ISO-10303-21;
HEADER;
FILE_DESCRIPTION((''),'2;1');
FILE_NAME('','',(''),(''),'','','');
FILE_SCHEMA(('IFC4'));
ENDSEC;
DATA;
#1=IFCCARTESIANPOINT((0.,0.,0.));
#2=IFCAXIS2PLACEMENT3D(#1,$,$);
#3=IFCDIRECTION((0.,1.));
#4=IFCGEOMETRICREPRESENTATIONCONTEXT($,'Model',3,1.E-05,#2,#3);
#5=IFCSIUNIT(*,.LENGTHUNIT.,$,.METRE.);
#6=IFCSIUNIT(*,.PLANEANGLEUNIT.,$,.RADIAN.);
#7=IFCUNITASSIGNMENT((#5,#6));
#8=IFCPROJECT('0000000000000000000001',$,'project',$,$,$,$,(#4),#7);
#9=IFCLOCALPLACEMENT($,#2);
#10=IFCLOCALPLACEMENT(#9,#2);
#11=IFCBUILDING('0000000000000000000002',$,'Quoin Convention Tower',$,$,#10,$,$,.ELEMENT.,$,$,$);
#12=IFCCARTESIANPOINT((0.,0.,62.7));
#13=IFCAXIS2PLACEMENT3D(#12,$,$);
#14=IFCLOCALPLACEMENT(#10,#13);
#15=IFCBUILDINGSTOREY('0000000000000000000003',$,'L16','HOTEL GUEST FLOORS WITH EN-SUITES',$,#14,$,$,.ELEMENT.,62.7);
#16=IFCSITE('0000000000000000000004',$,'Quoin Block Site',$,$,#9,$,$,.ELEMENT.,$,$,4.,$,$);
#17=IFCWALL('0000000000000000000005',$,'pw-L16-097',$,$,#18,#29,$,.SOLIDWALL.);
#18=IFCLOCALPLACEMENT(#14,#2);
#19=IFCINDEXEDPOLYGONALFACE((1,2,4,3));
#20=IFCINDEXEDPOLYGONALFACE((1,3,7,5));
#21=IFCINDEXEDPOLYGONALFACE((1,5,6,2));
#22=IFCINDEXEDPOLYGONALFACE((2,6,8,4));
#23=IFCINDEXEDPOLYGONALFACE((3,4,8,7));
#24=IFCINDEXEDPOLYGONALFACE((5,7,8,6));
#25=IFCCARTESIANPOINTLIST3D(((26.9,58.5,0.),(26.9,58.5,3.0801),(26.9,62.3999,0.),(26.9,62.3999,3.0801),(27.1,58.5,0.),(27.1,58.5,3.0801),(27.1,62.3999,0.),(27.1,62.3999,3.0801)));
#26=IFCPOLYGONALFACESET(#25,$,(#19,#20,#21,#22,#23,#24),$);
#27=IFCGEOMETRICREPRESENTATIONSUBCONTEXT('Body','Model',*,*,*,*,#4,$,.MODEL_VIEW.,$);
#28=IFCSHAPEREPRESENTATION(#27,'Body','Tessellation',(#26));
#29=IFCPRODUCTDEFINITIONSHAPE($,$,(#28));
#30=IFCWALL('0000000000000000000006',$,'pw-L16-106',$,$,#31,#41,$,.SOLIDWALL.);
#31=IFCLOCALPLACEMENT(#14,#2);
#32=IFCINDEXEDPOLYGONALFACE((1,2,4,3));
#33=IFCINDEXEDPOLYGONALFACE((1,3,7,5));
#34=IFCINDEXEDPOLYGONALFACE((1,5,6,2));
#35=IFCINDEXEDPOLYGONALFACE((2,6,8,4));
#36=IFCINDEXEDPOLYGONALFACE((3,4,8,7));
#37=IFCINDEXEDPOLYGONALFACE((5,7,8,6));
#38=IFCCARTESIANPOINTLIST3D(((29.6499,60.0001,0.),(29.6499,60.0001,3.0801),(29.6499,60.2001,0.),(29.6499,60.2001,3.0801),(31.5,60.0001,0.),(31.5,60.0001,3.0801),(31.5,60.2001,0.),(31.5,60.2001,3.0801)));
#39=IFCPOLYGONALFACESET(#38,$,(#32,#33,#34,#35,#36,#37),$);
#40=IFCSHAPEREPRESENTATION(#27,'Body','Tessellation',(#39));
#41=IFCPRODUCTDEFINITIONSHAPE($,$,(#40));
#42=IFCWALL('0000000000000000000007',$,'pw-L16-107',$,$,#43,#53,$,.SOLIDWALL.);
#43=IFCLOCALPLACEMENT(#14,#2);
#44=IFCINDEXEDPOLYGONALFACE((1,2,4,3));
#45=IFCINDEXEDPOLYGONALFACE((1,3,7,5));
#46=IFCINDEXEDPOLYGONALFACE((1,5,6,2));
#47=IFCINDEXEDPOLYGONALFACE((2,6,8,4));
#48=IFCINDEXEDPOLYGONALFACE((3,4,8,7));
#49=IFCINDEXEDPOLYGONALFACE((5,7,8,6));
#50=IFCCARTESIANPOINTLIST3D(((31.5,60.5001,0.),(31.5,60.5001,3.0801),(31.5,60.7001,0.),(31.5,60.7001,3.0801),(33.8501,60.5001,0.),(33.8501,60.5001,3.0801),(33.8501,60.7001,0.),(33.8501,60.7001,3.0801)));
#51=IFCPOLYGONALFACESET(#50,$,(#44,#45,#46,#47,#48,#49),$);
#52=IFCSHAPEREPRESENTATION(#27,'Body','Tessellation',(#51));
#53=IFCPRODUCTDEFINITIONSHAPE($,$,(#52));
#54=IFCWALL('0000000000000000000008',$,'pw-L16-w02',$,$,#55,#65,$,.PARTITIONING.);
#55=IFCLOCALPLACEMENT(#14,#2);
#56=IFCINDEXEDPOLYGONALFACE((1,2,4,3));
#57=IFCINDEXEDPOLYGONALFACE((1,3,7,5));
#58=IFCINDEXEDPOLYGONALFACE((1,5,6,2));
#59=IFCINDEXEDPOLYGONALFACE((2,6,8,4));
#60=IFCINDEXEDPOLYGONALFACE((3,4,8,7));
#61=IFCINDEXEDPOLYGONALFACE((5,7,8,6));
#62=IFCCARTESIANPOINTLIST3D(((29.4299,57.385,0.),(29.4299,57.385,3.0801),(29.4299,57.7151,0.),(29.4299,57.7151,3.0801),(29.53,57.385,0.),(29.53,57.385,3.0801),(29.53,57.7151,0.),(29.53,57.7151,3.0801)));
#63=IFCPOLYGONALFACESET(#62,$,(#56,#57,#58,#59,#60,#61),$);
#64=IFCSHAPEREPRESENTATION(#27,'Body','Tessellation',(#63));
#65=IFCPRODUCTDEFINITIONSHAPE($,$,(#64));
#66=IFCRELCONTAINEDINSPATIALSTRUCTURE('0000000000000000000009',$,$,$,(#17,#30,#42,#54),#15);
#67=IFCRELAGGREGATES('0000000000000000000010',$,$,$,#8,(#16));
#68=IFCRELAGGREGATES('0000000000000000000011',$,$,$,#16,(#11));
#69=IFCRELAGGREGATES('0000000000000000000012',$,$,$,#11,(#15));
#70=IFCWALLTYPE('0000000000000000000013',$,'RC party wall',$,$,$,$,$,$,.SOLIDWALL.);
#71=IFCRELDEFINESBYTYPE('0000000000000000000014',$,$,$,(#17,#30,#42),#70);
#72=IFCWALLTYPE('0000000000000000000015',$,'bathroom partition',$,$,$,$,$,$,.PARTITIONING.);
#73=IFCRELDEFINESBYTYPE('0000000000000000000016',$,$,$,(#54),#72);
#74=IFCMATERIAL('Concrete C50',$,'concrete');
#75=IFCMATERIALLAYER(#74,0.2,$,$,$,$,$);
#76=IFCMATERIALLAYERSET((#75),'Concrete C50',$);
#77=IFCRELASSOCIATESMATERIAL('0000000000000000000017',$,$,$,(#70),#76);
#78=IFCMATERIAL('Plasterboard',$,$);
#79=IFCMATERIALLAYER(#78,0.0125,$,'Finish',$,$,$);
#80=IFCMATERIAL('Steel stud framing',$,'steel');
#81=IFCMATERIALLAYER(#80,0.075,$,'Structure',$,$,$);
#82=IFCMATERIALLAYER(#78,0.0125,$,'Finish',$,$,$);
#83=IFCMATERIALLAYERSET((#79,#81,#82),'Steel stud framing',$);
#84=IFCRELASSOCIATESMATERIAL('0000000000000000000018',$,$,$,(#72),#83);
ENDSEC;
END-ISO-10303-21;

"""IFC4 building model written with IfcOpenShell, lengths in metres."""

from ifc_helpers import new_model, si_unit, direction, frame, frame_2d, origin, place, context, subcontext, project, spatial, rectangle, extrude, material, layer, layer_set, type_object, element, save


model = new_model("IFC4")

# Units and contexts
model_context = context("Model", 3, precision=1e-05, world=origin(), true_north=direction((0.0, 1.0)))
body_context = subcontext(model_context, "Body", "Model", "MODEL_VIEW")
ifc_project = project(units=[si_unit("LENGTHUNIT", "METRE"), si_unit("PLANEANGLEUNIT", "RADIAN")], contexts=[model_context])

# Site, building, storey
site_placement = place(None, origin())
site = spatial("IfcSite", under=ifc_project, at=site_placement, Name="Quoin Block Site", CompositionType="ELEMENT", RefElevation=4.0)
building_placement = place(site_placement, origin())
building = spatial("IfcBuilding", under=site, at=building_placement, Name="Quoin Convention Tower", CompositionType="ELEMENT")
storey_placement = place(building_placement, frame((0.0, 0.0, 62.7)))
storey = spatial("IfcBuildingStorey", under=building, at=storey_placement, Name="L16", Description="HOTEL GUEST FLOORS WITH EN-SUITES", CompositionType="ELEMENT", Elevation=62.7)

# Walls
ifc_material_1 = material(Name="Concrete C50", Category="concrete")
ifc_layer_1 = layer(ifc_material_1, 0.2)
ifc_layer_set_1 = layer_set([ifc_layer_1], Name="Concrete C50")
wall_type_1 = type_object("IfcWallType", Name="RC party wall", PredefinedType="SOLIDWALL", material=ifc_layer_set_1)
wall_1_placement = place(storey_placement, frame((27.0, 58.5, 0.0), z_axis=(0.0, 0.0, 1.0), x_axis=(0.0, 1.0, 0.0)))
element("IfcWall", 1, at=wall_1_placement, inside=storey, type_object=wall_type_1, Name="pw-L16-097", PredefinedType="SOLIDWALL", context=body_context, shape_type="SweptSolid", body=[
    extrude(rectangle(XDim=3.8999, YDim=0.2, at=frame_2d((1.95, 0.0))), origin(), (0.0, 0.0, 1.0), 3.0801),
])
wall_2_placement = place(storey_placement, frame((29.6499, 60.1001, 0.0), z_axis=(0.0, 0.0, 1.0), x_axis=(1.0, 0.0, 0.0)))
element("IfcWall", 2, at=wall_2_placement, inside=storey, type_object=wall_type_1, Name="pw-L16-106", PredefinedType="SOLIDWALL", context=body_context, shape_type="SweptSolid", body=[
    extrude(rectangle(XDim=1.8501, YDim=0.2, at=frame_2d((0.925, 0.0))), origin(), (0.0, 0.0, 1.0), 3.0801),
])
wall_3_placement = place(storey_placement, frame((31.5, 60.6001, 0.0), z_axis=(0.0, 0.0, 1.0), x_axis=(1.0, 0.0, 0.0)))
element("IfcWall", 3, at=wall_3_placement, inside=storey, type_object=wall_type_1, Name="pw-L16-107", PredefinedType="SOLIDWALL", context=body_context, shape_type="SweptSolid", body=[
    extrude(rectangle(XDim=2.3501, YDim=0.2, at=frame_2d((1.175, 0.0))), origin(), (0.0, 0.0, 1.0), 3.0801),
])
ifc_material_2 = material(Name="Plasterboard")
ifc_layer_2 = layer(ifc_material_2, 0.0125, Name="Finish")
ifc_material_3 = material(Name="Steel stud framing", Category="steel")
ifc_layer_3 = layer(ifc_material_3, 0.075, Name="Structure")
ifc_layer_4 = layer(ifc_material_2, 0.0125, Name="Finish")
ifc_layer_set_2 = layer_set([ifc_layer_2, ifc_layer_3, ifc_layer_4], Name="Steel stud framing")
wall_type_2 = type_object("IfcWallType", Name="bathroom partition", PredefinedType="PARTITIONING", material=ifc_layer_set_2)
wall_4_placement = place(storey_placement, frame((29.48, 57.385, 0.0), z_axis=(0.0, 0.0, 1.0), x_axis=(0.0, 1.0, 0.0)))
element("IfcWall", 4, at=wall_4_placement, inside=storey, type_object=wall_type_2, Name="pw-L16-w02", PredefinedType="PARTITIONING", context=body_context, shape_type="SweptSolid", body=[
    extrude(rectangle(XDim=0.3301, YDim=0.1001, at=frame_2d((0.165, 0.0))), origin(), (0.0, 0.0, 1.0), 3.0801),
])

save(model, "model.ifc")
